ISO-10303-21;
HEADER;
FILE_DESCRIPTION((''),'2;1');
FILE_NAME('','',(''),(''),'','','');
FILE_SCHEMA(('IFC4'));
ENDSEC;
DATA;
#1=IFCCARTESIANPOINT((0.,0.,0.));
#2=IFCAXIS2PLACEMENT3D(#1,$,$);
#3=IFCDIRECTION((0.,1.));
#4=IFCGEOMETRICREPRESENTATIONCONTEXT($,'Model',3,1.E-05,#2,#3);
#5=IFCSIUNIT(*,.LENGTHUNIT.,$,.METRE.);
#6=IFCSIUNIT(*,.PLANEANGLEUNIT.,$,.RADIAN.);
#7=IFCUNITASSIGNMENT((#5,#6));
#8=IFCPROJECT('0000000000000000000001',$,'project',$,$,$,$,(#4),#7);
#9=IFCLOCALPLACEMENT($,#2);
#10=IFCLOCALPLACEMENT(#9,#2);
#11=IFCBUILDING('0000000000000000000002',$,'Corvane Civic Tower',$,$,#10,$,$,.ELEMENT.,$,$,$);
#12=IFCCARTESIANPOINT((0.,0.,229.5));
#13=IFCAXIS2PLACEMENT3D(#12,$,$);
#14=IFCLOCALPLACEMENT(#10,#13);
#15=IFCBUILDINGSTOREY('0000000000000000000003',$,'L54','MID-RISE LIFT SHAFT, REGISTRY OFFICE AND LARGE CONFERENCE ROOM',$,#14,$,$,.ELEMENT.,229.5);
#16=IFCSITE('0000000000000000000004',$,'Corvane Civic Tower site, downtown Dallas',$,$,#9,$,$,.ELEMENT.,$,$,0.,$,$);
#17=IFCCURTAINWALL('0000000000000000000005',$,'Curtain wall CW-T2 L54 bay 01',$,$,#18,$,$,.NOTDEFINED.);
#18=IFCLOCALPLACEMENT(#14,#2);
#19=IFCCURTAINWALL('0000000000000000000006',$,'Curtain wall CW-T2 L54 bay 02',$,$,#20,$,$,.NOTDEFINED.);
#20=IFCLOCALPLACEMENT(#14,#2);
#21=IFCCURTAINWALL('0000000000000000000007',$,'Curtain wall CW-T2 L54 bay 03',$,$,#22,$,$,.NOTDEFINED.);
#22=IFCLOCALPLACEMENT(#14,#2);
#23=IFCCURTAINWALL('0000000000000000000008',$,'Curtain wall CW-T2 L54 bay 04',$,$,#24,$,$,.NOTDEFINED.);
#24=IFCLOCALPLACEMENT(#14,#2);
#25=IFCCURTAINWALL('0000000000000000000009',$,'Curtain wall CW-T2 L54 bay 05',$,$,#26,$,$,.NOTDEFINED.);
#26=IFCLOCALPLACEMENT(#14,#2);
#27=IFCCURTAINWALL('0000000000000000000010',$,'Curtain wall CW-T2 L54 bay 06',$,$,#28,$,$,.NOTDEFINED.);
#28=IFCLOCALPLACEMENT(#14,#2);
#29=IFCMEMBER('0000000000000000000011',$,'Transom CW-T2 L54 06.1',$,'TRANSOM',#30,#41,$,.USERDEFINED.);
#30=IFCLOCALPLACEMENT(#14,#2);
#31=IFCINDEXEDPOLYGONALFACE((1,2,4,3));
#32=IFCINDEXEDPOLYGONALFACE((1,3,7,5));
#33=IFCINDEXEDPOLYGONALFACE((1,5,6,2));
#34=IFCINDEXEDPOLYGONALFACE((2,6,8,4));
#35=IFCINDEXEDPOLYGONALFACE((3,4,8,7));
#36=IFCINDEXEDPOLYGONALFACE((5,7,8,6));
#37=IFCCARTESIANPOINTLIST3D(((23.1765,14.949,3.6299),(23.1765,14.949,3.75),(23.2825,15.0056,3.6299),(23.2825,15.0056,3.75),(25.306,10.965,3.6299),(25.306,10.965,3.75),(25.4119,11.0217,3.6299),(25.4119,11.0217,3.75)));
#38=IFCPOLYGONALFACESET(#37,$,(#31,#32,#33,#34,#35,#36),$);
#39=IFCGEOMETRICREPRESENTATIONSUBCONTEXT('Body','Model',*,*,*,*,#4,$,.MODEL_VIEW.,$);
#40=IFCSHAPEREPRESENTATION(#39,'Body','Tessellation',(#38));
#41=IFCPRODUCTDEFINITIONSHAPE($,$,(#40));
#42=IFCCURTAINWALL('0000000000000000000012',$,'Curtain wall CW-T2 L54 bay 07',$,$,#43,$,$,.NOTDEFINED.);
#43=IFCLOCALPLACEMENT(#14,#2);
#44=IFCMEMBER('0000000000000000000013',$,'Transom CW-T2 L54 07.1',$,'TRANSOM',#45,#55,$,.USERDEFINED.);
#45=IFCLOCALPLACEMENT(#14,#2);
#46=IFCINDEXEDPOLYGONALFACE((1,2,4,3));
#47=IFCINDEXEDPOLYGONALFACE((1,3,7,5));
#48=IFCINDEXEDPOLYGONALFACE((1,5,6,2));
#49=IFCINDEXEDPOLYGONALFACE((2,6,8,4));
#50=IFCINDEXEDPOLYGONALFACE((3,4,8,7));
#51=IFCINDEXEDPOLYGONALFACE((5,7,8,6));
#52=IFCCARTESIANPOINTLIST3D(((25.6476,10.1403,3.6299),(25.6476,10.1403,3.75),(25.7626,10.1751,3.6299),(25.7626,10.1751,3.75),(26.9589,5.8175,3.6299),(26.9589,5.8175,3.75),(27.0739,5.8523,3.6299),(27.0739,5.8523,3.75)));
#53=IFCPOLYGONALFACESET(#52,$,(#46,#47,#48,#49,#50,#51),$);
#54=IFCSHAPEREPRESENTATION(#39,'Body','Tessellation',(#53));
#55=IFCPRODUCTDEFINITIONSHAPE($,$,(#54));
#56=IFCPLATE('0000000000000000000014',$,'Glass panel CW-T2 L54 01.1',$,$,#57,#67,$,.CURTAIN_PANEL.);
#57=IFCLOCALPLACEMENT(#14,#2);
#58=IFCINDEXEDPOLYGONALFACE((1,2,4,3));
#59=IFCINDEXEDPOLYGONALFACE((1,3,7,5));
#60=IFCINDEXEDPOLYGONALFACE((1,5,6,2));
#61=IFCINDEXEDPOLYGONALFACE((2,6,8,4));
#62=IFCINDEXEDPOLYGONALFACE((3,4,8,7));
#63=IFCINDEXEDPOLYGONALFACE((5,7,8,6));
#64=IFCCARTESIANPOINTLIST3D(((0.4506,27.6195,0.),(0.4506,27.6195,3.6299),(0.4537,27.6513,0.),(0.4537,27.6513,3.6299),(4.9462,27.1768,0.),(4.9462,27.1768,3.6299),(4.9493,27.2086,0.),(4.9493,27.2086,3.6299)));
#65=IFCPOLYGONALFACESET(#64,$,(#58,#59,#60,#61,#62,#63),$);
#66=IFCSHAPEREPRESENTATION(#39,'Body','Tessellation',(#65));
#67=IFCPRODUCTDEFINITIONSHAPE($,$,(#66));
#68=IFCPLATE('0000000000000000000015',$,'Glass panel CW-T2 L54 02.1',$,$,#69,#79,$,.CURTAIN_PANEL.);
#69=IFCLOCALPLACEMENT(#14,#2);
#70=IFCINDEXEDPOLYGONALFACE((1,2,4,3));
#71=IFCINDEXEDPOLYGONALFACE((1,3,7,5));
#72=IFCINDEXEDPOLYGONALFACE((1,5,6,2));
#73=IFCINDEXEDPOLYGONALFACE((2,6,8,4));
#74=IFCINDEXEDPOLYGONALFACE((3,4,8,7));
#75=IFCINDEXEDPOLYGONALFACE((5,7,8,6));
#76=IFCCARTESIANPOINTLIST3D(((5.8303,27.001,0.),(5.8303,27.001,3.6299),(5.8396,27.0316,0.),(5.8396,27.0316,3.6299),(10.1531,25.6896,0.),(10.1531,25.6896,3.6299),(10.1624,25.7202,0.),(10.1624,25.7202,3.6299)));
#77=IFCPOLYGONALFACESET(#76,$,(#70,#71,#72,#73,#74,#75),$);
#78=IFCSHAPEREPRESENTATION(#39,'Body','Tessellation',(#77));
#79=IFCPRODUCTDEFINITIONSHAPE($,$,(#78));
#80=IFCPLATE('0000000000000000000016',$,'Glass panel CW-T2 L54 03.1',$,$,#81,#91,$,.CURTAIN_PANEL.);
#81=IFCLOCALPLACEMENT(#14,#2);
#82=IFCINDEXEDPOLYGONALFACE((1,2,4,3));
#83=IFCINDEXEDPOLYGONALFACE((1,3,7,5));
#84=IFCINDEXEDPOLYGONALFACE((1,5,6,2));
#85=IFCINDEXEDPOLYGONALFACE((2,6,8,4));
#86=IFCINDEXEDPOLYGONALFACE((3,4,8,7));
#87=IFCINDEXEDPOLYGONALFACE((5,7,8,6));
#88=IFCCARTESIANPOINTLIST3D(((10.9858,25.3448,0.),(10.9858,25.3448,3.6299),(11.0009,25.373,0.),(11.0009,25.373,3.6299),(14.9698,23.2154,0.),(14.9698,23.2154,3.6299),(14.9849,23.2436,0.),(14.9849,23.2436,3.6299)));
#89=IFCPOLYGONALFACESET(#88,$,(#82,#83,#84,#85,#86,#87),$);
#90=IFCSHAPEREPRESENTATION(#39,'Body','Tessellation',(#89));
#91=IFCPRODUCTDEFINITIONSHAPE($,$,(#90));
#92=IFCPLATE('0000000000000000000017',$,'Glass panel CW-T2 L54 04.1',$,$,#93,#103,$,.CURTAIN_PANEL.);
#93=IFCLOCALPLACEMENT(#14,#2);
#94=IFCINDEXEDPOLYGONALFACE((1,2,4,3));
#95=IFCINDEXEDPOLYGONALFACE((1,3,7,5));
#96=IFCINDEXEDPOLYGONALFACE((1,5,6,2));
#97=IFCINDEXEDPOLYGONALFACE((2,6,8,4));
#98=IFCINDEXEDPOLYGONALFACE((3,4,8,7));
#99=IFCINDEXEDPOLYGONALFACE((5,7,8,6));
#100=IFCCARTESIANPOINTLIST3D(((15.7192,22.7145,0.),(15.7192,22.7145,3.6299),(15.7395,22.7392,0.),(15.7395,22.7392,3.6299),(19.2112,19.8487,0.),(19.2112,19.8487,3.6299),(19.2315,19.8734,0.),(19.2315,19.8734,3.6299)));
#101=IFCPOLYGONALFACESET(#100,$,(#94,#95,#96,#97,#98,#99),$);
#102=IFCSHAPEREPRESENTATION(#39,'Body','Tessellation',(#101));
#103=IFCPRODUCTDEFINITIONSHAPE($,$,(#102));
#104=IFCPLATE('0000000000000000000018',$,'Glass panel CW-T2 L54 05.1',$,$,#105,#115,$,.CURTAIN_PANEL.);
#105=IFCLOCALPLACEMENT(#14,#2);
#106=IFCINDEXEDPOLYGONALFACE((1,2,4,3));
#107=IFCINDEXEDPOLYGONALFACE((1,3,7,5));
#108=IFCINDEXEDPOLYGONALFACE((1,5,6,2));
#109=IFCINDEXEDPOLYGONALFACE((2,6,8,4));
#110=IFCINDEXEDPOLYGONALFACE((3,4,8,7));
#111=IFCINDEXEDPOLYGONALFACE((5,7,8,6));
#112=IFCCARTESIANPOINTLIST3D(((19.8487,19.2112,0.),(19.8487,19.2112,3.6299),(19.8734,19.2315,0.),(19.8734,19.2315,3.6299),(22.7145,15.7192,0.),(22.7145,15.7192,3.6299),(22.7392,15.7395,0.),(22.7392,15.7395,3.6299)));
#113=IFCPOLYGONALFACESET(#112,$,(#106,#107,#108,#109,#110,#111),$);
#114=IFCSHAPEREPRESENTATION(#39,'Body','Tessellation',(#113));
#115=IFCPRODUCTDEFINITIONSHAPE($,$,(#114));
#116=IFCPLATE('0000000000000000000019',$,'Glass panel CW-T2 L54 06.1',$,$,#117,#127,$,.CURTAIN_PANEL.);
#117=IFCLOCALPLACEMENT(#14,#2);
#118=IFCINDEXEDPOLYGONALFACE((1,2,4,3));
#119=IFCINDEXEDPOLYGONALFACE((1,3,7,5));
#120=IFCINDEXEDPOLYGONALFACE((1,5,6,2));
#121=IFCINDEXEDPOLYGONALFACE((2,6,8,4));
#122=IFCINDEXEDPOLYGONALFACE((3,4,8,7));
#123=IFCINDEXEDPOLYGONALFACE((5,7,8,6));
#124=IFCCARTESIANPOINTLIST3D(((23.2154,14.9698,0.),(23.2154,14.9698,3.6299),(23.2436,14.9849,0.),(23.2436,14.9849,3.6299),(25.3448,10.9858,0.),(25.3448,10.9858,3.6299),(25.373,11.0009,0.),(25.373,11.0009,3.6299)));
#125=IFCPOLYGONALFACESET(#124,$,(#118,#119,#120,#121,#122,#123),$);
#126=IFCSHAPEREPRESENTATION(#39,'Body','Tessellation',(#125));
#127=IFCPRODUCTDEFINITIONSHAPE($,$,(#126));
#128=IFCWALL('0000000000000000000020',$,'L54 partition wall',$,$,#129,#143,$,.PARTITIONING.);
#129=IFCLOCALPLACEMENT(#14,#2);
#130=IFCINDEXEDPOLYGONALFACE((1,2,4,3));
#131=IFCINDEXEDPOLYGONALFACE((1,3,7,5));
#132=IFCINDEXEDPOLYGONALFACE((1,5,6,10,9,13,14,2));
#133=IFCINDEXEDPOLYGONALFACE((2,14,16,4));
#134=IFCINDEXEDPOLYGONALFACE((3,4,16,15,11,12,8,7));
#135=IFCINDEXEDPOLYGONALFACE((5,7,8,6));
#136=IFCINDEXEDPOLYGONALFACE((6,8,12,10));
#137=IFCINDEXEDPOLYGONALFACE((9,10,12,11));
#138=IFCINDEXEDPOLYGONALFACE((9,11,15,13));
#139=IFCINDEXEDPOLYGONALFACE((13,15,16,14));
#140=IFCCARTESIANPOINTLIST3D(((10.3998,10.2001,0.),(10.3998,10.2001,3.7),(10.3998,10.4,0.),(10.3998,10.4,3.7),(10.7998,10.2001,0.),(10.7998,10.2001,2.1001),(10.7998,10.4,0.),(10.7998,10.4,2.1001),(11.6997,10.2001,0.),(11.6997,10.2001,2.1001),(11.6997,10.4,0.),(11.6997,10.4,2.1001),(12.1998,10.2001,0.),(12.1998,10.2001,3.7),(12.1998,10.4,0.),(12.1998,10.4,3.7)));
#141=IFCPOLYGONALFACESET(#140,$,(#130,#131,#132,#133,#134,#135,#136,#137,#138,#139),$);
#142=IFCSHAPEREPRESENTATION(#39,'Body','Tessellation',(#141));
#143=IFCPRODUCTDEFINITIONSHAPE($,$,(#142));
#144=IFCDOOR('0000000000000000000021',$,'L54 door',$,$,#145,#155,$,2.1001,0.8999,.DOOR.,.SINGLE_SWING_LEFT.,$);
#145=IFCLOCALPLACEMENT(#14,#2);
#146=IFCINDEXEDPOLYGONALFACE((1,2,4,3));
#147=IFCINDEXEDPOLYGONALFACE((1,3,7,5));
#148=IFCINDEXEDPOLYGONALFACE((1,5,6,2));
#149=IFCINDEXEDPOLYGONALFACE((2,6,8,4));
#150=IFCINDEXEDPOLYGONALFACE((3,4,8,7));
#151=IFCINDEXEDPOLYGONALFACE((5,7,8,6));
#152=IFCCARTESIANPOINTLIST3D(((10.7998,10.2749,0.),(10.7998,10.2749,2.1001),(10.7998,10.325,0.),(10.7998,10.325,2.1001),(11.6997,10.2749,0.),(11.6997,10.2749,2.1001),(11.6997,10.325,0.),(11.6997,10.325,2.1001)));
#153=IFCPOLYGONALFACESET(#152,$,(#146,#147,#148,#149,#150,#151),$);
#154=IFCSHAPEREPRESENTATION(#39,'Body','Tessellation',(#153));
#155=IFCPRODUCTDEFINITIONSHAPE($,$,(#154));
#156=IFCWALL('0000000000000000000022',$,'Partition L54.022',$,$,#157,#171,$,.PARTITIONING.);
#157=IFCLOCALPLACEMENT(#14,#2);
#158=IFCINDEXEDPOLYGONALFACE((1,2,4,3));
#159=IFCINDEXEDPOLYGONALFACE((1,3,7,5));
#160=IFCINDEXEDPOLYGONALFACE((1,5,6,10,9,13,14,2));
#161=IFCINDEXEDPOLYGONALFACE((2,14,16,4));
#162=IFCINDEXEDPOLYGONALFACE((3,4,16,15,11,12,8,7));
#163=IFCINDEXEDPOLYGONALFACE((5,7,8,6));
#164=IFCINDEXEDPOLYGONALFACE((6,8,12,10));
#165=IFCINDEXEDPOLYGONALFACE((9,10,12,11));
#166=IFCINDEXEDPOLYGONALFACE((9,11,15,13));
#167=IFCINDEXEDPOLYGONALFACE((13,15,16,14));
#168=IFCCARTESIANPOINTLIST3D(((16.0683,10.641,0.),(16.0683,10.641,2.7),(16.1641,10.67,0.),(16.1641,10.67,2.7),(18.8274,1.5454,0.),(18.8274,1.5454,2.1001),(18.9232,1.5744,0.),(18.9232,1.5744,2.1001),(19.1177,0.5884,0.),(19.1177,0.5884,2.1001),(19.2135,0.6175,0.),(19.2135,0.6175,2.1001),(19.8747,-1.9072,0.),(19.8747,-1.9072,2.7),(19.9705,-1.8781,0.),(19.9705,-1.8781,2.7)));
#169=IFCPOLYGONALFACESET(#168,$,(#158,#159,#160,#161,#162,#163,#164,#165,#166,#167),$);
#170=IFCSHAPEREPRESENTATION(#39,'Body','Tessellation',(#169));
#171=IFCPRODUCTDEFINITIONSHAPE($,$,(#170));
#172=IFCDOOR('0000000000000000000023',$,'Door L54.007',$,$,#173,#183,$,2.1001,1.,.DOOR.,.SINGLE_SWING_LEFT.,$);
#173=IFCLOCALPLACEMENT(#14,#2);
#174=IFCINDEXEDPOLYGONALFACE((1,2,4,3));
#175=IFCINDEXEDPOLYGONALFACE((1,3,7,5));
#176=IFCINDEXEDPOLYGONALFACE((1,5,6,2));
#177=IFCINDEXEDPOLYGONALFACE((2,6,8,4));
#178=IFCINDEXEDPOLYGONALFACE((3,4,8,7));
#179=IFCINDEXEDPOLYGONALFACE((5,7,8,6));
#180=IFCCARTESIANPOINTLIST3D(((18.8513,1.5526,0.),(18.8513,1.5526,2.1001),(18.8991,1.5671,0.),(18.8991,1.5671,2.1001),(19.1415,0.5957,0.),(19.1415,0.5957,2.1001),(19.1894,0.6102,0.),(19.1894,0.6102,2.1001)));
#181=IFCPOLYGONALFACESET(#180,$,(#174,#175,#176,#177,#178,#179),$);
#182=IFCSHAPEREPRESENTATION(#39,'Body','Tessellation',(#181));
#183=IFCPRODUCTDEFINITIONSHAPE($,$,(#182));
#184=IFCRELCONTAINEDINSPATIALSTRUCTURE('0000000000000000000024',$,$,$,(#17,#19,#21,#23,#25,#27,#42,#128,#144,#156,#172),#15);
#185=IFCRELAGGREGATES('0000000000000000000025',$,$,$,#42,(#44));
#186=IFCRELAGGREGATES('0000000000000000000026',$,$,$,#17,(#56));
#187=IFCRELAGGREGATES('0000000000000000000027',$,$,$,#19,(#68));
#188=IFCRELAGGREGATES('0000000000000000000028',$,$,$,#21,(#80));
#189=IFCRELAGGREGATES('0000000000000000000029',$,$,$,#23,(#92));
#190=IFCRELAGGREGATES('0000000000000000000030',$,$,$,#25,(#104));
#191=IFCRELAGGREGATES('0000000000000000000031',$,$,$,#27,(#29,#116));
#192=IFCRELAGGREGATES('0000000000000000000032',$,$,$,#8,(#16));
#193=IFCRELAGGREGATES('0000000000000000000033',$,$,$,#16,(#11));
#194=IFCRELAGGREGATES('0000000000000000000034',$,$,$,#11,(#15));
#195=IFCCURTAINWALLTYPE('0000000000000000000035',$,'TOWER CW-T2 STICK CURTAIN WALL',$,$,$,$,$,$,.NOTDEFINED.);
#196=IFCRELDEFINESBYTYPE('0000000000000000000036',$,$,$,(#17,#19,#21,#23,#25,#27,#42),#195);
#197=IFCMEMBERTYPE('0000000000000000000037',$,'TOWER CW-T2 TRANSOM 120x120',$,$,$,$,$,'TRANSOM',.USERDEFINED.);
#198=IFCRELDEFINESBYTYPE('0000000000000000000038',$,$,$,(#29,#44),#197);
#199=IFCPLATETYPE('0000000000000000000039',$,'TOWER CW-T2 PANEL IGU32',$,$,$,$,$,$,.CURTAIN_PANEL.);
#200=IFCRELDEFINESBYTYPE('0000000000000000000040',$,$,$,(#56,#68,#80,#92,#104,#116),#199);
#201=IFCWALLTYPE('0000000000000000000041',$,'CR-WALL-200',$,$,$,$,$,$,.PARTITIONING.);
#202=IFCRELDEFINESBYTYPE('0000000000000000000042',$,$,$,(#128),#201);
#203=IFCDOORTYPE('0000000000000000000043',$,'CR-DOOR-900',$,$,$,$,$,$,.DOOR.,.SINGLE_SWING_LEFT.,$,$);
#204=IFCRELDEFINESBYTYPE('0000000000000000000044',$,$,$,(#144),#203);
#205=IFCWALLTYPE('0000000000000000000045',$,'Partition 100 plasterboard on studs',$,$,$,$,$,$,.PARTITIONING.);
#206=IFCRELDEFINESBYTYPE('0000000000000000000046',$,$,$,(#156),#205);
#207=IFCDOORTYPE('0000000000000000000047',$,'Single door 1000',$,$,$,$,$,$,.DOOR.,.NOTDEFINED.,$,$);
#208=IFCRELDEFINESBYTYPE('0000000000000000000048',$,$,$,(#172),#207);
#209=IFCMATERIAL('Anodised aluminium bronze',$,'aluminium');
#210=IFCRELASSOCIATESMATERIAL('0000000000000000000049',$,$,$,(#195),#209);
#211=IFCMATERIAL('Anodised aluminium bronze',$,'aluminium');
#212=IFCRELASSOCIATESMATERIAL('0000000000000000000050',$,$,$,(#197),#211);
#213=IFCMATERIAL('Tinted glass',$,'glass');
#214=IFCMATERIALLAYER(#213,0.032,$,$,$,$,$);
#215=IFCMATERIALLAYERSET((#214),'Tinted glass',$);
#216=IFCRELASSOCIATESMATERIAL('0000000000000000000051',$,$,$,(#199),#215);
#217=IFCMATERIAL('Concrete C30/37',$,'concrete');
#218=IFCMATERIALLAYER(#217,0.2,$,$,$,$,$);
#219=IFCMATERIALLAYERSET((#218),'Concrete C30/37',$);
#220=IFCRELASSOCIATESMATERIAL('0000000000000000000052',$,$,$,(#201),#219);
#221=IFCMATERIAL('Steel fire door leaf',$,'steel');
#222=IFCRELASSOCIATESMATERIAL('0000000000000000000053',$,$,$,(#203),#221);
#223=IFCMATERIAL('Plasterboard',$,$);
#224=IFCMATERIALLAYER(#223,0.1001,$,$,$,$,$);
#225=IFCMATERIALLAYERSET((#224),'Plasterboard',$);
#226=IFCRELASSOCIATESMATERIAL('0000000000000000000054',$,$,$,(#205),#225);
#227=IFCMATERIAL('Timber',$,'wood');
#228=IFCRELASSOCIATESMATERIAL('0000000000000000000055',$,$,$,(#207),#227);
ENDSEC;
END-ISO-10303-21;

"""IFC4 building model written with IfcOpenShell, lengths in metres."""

from ifc_helpers import new_model, si_unit, direction, frame, frame_2d, origin, origin_2d, place, context, subcontext, project, spatial, rectangle, extrude, material, layer, layer_set, material_profile, profile_set, type_object, element, fill, aggregate, save


model = new_model("IFC4")

# Units and contexts
model_context = context("Model", 3, precision=1e-05, world=origin(), true_north=direction((0.0, 1.0)))
body_context = subcontext(model_context, "Body", "Model", "MODEL_VIEW")
ifc_project = project(units=[si_unit("LENGTHUNIT", "METRE"), si_unit("PLANEANGLEUNIT", "RADIAN")], contexts=[model_context])

# Site, building, storey
site_placement = place(None, origin())
site = spatial("IfcSite", under=ifc_project, at=site_placement, Name="Corvane Civic Tower site, downtown Dallas", CompositionType="ELEMENT", RefElevation=0.0)
building_placement = place(site_placement, origin())
building = spatial("IfcBuilding", under=site, at=building_placement, Name="Corvane Civic Tower", CompositionType="ELEMENT")
storey_placement = place(building_placement, frame((0.0, 0.0, 229.5)))
storey = spatial("IfcBuildingStorey", under=building, at=storey_placement, Name="L54", Description="MID-RISE LIFT SHAFT, REGISTRY OFFICE AND LARGE CONFERENCE ROOM", CompositionType="ELEMENT", Elevation=229.5)

# Curtain walls, members
ifc_material_1 = material(Name="Anodised aluminium bronze", Category="aluminium")
curtain_wall_type = type_object("IfcCurtainWallType", Name="TOWER CW-T2 STICK CURTAIN WALL", PredefinedType="NOTDEFINED", material=ifc_material_1)
curtain_wall_1_placement = place(storey_placement, origin())
curtain_wall_1 = element("IfcCurtainWall", 1, at=curtain_wall_1_placement, inside=storey, type_object=curtain_wall_type, Name="Curtain wall CW-T2 L54 bay 01", PredefinedType="NOTDEFINED")
ifc_material_2 = material(Name="Anodised aluminium bronze", Category="aluminium")
ifc_material_profile_1 = material_profile(ifc_material_2, rectangle(XDim=0.1201, YDim=0.1201, at=origin_2d()), Name="TOWER CW-T2 TRANSOM 120x120")
ifc_profile_set_1 = profile_set([ifc_material_profile_1], Name="Anodised aluminium bronze")
member_type = type_object("IfcMemberType", Name="TOWER CW-T2 TRANSOM 120x120", ElementType="TRANSOM", PredefinedType="USERDEFINED", material=ifc_profile_set_1)
curtain_wall_2_placement = place(storey_placement, origin())
curtain_wall_2 = element("IfcCurtainWall", 2, at=curtain_wall_2_placement, inside=storey, type_object=curtain_wall_type, Name="Curtain wall CW-T2 L54 bay 02", PredefinedType="NOTDEFINED")
curtain_wall_3_placement = place(storey_placement, origin())
curtain_wall_3 = element("IfcCurtainWall", 3, at=curtain_wall_3_placement, inside=storey, type_object=curtain_wall_type, Name="Curtain wall CW-T2 L54 bay 03", PredefinedType="NOTDEFINED")
curtain_wall_4_placement = place(storey_placement, origin())
curtain_wall_4 = element("IfcCurtainWall", 4, at=curtain_wall_4_placement, inside=storey, type_object=curtain_wall_type, Name="Curtain wall CW-T2 L54 bay 04", PredefinedType="NOTDEFINED")
curtain_wall_5_placement = place(storey_placement, origin())
curtain_wall_5 = element("IfcCurtainWall", 5, at=curtain_wall_5_placement, inside=storey, type_object=curtain_wall_type, Name="Curtain wall CW-T2 L54 bay 05", PredefinedType="NOTDEFINED")
curtain_wall_6_placement = place(storey_placement, origin())
curtain_wall_6 = element("IfcCurtainWall", 6, at=curtain_wall_6_placement, inside=storey, type_object=curtain_wall_type, Name="Curtain wall CW-T2 L54 bay 06", PredefinedType="NOTDEFINED")
member_1_placement = place(storey_placement, frame((23.2295, 14.9773, 3.6899), z_axis=(0.47139, -0.881925, 0.0), x_axis=(0.881925, 0.47139, 0.0)))
member_1 = element("IfcMember", 7, at=member_1_placement, type_object=member_type, Name="Transom CW-T2 L54 06.1", ObjectType="TRANSOM", PredefinedType="USERDEFINED", context=body_context, shape_type="SweptSolid", body=[
    extrude(rectangle(XDim=0.1201, YDim=0.1201, at=origin_2d()), origin(), (0.0, 0.0, 1.0), 4.5173),
])
curtain_wall_7_placement = place(storey_placement, origin())
curtain_wall_7 = element("IfcCurtainWall", 8, at=curtain_wall_7_placement, inside=storey, type_object=curtain_wall_type, Name="Curtain wall CW-T2 L54 bay 07", PredefinedType="NOTDEFINED")
member_2_placement = place(storey_placement, frame((25.7051, 10.1577, 3.6899), z_axis=(0.290282, -0.956941, 0.0), x_axis=(0.956941, 0.290282, 0.0)))
member_2 = element("IfcMember", 9, at=member_2_placement, type_object=member_type, Name="Transom CW-T2 L54 07.1", ObjectType="TRANSOM", PredefinedType="USERDEFINED", context=body_context, shape_type="SweptSolid", body=[
    extrude(rectangle(XDim=0.1201, YDim=0.1201, at=origin_2d()), origin(), (0.0, 0.0, 1.0), 4.5173),
])
aggregate(curtain_wall_7, [member_2])

# Plates
ifc_material_3 = material(Name="Tinted glass", Category="glass")
ifc_layer_1 = layer(ifc_material_3, 0.032)
ifc_layer_set_1 = layer_set([ifc_layer_1], Name="Tinted glass")
plate_type = type_object("IfcPlateType", Name="TOWER CW-T2 PANEL IGU32", PredefinedType="CURTAIN_PANEL", material=ifc_layer_set_1)
plate_1_placement = place(storey_placement, frame((2.7, 27.4141, 0.0), z_axis=(0.0, 0.0, 1.0), x_axis=(0.995187, -0.097993, 0.0)))
plate_1 = element("IfcPlate", 10, at=plate_1_placement, type_object=plate_type, Name="Glass panel CW-T2 L54 01.1", PredefinedType="CURTAIN_PANEL", context=body_context, shape_type="SweptSolid", body=[
    extrude(rectangle(XDim=4.5173, YDim=0.032, at=origin_2d()), origin(), (0.0, 0.0, 1.0), 3.6299),
])
aggregate(curtain_wall_1, [plate_1])
plate_2_placement = place(storey_placement, frame((7.9963, 26.3606, 0.0), z_axis=(0.0, 0.0, 1.0), x_axis=(0.956939, -0.29029, 0.0)))
plate_2 = element("IfcPlate", 11, at=plate_2_placement, type_object=plate_type, Name="Glass panel CW-T2 L54 02.1", PredefinedType="CURTAIN_PANEL", context=body_context, shape_type="SweptSolid", body=[
    extrude(rectangle(XDim=4.5173, YDim=0.032, at=origin_2d()), origin(), (0.0, 0.0, 1.0), 3.6299),
])
aggregate(curtain_wall_2, [plate_2])
plate_3_placement = place(storey_placement, frame((12.9854, 24.2942, 0.0), z_axis=(0.0, 0.0, 1.0), x_axis=(0.88192, -0.471398, 0.0)))
plate_3 = element("IfcPlate", 12, at=plate_3_placement, type_object=plate_type, Name="Glass panel CW-T2 L54 03.1", PredefinedType="CURTAIN_PANEL", context=body_context, shape_type="SweptSolid", body=[
    extrude(rectangle(XDim=4.5173, YDim=0.032, at=origin_2d()), origin(), (0.0, 0.0, 1.0), 3.6299),
])
aggregate(curtain_wall_3, [plate_3])
plate_4_placement = place(storey_placement, frame((17.4753, 21.2939, 0.0), z_axis=(0.0, 0.0, 1.0), x_axis=(0.773012, -0.634391, 0.0)))
plate_4 = element("IfcPlate", 13, at=plate_4_placement, type_object=plate_type, Name="Glass panel CW-T2 L54 04.1", PredefinedType="CURTAIN_PANEL", context=body_context, shape_type="SweptSolid", body=[
    extrude(rectangle(XDim=4.5173, YDim=0.032, at=origin_2d()), origin(), (0.0, 0.0, 1.0), 3.6299),
])
aggregate(curtain_wall_4, [plate_4])
plate_5_placement = place(storey_placement, frame((21.2939, 17.4753, 0.0), z_axis=(0.0, 0.0, 1.0), x_axis=(0.634391, -0.773012, 0.0)))
plate_5 = element("IfcPlate", 14, at=plate_5_placement, type_object=plate_type, Name="Glass panel CW-T2 L54 05.1", PredefinedType="CURTAIN_PANEL", context=body_context, shape_type="SweptSolid", body=[
    extrude(rectangle(XDim=4.5173, YDim=0.032, at=origin_2d()), origin(), (0.0, 0.0, 1.0), 3.6299),
])
aggregate(curtain_wall_5, [plate_5])
plate_6_placement = place(storey_placement, frame((24.2942, 12.9854, 0.0), z_axis=(0.0, 0.0, 1.0), x_axis=(0.471398, -0.88192, 0.0)))
plate_6 = element("IfcPlate", 15, at=plate_6_placement, type_object=plate_type, Name="Glass panel CW-T2 L54 06.1", PredefinedType="CURTAIN_PANEL", context=body_context, shape_type="SweptSolid", body=[
    extrude(rectangle(XDim=4.5173, YDim=0.032, at=origin_2d()), origin(), (0.0, 0.0, 1.0), 3.6299),
])
aggregate(curtain_wall_6, [member_1, plate_6])

# Walls, openings, doors
ifc_material_4 = material(Name="Concrete C30/37", Category="concrete")
ifc_layer_2 = layer(ifc_material_4, 0.2)
ifc_layer_set_2 = layer_set([ifc_layer_2], Name="Concrete C30/37")
wall_type_1 = type_object("IfcWallType", Name="CR-WALL-200", PredefinedType="PARTITIONING", material=ifc_layer_set_2)
wall_1_placement = place(storey_placement, frame((10.3999, 10.3, 0.0), z_axis=(0.0, 0.0, 1.0), x_axis=(1.0, 0.0, 0.0)))
wall_1 = element("IfcWall", 16, at=wall_1_placement, inside=storey, type_object=wall_type_1, Name="L54 partition wall", PredefinedType="PARTITIONING", context=body_context, shape_type="SweptSolid", body=[
    extrude(rectangle(XDim=1.8, YDim=0.2, at=frame_2d((0.8999, 0.0))), origin(), (0.0, 0.0, 1.0), 3.7),
])
opening_1_placement = place(wall_1_placement, frame((0.3999, 0.0, 0.0)))
opening_1 = element("IfcOpeningElement", 17, at=opening_1_placement, cuts=wall_1, PredefinedType="OPENING", context=body_context, shape_type="SweptSolid", body=[
    extrude(rectangle(XDim=0.8999, YDim=2.1001, at=frame_2d((0.45, 1.05))), frame((0.0, 0.1099, 0.0), z_axis=(0.0, -1.0, 0.0), x_axis=(1.0, 0.0, 0.0)), (0.0, 0.0, 1.0), 0.22),
])
ifc_material_5 = material(Name="Steel fire door leaf", Category="steel")
door_type_1 = type_object("IfcDoorType", Name="CR-DOOR-900", OperationType="SINGLE_SWING_LEFT", PredefinedType="DOOR", material=ifc_material_5)
door_1_placement = place(opening_1_placement, origin())
door_1 = element("IfcDoor", 18, at=door_1_placement, inside=storey, type_object=door_type_1, Name="L54 door", OperationType="SINGLE_SWING_LEFT", OverallHeight=2.1001, OverallWidth=0.8999, PredefinedType="DOOR", context=body_context, shape_type="SweptSolid", body=[
    extrude(rectangle(XDim=0.8999, YDim=2.1001, at=frame_2d((0.45, 1.05))), frame((0.0, 0.0249, 0.0), z_axis=(0.0, -1.0, 0.0), x_axis=(1.0, 0.0, 0.0)), (0.0, 0.0, 1.0), 0.05),
])
fill(opening_1, door_1)
ifc_material_6 = material(Name="Plasterboard")
ifc_layer_3 = layer(ifc_material_6, 0.1001)
ifc_layer_set_3 = layer_set([ifc_layer_3], Name="Plasterboard")
wall_type_2 = type_object("IfcWallType", Name="Partition 100 plasterboard on studs", PredefinedType="PARTITIONING", material=ifc_layer_set_3)
wall_2_placement = place(storey_placement, frame((16.1162, 10.6555, 0.0), z_axis=(0.0, 0.0, 1.0), x_axis=(0.290283, -0.956941, 0.0)))
wall_2 = element("IfcWall", 19, at=wall_2_placement, inside=storey, type_object=wall_type_2, Name="Partition L54.022", PredefinedType="PARTITIONING", context=body_context, shape_type="SweptSolid", body=[
    extrude(rectangle(XDim=13.1128, YDim=0.1001, at=frame_2d((6.5564, 0.0))), origin(), (0.0, 0.0, 1.0), 2.7),
])
opening_2_placement = place(wall_2_placement, frame((9.5049, 0.0, 0.0)))
opening_2 = element("IfcOpeningElement", 20, at=opening_2_placement, cuts=wall_2, PredefinedType="OPENING", context=body_context, shape_type="SweptSolid", body=[
    extrude(rectangle(XDim=1.0, YDim=2.1001, at=frame_2d((0.5, 1.05))), frame((0.0, 0.0601, 0.0), z_axis=(0.0, -1.0, 0.0), x_axis=(1.0, 0.0, 0.0)), (0.0, 0.0, 1.0), 0.1201),
])
ifc_material_7 = material(Name="Timber", Category="wood")
door_type_2 = type_object("IfcDoorType", Name="Single door 1000", OperationType="NOTDEFINED", PredefinedType="DOOR", material=ifc_material_7)
door_2_placement = place(opening_2_placement, origin())
door_2 = element("IfcDoor", 21, at=door_2_placement, inside=storey, type_object=door_type_2, Name="Door L54.007", OperationType="SINGLE_SWING_LEFT", OverallHeight=2.1001, OverallWidth=1.0, PredefinedType="DOOR", context=body_context, shape_type="SweptSolid", body=[
    extrude(rectangle(XDim=1.0, YDim=2.1001, at=frame_2d((0.5, 1.05))), frame((0.0, 0.0249, 0.0), z_axis=(0.0, -1.0, 0.0), x_axis=(1.0, 0.0, 0.0)), (0.0, 0.0, 1.0), 0.05),
])
fill(opening_2, door_2)

save(model, "model.ifc")
